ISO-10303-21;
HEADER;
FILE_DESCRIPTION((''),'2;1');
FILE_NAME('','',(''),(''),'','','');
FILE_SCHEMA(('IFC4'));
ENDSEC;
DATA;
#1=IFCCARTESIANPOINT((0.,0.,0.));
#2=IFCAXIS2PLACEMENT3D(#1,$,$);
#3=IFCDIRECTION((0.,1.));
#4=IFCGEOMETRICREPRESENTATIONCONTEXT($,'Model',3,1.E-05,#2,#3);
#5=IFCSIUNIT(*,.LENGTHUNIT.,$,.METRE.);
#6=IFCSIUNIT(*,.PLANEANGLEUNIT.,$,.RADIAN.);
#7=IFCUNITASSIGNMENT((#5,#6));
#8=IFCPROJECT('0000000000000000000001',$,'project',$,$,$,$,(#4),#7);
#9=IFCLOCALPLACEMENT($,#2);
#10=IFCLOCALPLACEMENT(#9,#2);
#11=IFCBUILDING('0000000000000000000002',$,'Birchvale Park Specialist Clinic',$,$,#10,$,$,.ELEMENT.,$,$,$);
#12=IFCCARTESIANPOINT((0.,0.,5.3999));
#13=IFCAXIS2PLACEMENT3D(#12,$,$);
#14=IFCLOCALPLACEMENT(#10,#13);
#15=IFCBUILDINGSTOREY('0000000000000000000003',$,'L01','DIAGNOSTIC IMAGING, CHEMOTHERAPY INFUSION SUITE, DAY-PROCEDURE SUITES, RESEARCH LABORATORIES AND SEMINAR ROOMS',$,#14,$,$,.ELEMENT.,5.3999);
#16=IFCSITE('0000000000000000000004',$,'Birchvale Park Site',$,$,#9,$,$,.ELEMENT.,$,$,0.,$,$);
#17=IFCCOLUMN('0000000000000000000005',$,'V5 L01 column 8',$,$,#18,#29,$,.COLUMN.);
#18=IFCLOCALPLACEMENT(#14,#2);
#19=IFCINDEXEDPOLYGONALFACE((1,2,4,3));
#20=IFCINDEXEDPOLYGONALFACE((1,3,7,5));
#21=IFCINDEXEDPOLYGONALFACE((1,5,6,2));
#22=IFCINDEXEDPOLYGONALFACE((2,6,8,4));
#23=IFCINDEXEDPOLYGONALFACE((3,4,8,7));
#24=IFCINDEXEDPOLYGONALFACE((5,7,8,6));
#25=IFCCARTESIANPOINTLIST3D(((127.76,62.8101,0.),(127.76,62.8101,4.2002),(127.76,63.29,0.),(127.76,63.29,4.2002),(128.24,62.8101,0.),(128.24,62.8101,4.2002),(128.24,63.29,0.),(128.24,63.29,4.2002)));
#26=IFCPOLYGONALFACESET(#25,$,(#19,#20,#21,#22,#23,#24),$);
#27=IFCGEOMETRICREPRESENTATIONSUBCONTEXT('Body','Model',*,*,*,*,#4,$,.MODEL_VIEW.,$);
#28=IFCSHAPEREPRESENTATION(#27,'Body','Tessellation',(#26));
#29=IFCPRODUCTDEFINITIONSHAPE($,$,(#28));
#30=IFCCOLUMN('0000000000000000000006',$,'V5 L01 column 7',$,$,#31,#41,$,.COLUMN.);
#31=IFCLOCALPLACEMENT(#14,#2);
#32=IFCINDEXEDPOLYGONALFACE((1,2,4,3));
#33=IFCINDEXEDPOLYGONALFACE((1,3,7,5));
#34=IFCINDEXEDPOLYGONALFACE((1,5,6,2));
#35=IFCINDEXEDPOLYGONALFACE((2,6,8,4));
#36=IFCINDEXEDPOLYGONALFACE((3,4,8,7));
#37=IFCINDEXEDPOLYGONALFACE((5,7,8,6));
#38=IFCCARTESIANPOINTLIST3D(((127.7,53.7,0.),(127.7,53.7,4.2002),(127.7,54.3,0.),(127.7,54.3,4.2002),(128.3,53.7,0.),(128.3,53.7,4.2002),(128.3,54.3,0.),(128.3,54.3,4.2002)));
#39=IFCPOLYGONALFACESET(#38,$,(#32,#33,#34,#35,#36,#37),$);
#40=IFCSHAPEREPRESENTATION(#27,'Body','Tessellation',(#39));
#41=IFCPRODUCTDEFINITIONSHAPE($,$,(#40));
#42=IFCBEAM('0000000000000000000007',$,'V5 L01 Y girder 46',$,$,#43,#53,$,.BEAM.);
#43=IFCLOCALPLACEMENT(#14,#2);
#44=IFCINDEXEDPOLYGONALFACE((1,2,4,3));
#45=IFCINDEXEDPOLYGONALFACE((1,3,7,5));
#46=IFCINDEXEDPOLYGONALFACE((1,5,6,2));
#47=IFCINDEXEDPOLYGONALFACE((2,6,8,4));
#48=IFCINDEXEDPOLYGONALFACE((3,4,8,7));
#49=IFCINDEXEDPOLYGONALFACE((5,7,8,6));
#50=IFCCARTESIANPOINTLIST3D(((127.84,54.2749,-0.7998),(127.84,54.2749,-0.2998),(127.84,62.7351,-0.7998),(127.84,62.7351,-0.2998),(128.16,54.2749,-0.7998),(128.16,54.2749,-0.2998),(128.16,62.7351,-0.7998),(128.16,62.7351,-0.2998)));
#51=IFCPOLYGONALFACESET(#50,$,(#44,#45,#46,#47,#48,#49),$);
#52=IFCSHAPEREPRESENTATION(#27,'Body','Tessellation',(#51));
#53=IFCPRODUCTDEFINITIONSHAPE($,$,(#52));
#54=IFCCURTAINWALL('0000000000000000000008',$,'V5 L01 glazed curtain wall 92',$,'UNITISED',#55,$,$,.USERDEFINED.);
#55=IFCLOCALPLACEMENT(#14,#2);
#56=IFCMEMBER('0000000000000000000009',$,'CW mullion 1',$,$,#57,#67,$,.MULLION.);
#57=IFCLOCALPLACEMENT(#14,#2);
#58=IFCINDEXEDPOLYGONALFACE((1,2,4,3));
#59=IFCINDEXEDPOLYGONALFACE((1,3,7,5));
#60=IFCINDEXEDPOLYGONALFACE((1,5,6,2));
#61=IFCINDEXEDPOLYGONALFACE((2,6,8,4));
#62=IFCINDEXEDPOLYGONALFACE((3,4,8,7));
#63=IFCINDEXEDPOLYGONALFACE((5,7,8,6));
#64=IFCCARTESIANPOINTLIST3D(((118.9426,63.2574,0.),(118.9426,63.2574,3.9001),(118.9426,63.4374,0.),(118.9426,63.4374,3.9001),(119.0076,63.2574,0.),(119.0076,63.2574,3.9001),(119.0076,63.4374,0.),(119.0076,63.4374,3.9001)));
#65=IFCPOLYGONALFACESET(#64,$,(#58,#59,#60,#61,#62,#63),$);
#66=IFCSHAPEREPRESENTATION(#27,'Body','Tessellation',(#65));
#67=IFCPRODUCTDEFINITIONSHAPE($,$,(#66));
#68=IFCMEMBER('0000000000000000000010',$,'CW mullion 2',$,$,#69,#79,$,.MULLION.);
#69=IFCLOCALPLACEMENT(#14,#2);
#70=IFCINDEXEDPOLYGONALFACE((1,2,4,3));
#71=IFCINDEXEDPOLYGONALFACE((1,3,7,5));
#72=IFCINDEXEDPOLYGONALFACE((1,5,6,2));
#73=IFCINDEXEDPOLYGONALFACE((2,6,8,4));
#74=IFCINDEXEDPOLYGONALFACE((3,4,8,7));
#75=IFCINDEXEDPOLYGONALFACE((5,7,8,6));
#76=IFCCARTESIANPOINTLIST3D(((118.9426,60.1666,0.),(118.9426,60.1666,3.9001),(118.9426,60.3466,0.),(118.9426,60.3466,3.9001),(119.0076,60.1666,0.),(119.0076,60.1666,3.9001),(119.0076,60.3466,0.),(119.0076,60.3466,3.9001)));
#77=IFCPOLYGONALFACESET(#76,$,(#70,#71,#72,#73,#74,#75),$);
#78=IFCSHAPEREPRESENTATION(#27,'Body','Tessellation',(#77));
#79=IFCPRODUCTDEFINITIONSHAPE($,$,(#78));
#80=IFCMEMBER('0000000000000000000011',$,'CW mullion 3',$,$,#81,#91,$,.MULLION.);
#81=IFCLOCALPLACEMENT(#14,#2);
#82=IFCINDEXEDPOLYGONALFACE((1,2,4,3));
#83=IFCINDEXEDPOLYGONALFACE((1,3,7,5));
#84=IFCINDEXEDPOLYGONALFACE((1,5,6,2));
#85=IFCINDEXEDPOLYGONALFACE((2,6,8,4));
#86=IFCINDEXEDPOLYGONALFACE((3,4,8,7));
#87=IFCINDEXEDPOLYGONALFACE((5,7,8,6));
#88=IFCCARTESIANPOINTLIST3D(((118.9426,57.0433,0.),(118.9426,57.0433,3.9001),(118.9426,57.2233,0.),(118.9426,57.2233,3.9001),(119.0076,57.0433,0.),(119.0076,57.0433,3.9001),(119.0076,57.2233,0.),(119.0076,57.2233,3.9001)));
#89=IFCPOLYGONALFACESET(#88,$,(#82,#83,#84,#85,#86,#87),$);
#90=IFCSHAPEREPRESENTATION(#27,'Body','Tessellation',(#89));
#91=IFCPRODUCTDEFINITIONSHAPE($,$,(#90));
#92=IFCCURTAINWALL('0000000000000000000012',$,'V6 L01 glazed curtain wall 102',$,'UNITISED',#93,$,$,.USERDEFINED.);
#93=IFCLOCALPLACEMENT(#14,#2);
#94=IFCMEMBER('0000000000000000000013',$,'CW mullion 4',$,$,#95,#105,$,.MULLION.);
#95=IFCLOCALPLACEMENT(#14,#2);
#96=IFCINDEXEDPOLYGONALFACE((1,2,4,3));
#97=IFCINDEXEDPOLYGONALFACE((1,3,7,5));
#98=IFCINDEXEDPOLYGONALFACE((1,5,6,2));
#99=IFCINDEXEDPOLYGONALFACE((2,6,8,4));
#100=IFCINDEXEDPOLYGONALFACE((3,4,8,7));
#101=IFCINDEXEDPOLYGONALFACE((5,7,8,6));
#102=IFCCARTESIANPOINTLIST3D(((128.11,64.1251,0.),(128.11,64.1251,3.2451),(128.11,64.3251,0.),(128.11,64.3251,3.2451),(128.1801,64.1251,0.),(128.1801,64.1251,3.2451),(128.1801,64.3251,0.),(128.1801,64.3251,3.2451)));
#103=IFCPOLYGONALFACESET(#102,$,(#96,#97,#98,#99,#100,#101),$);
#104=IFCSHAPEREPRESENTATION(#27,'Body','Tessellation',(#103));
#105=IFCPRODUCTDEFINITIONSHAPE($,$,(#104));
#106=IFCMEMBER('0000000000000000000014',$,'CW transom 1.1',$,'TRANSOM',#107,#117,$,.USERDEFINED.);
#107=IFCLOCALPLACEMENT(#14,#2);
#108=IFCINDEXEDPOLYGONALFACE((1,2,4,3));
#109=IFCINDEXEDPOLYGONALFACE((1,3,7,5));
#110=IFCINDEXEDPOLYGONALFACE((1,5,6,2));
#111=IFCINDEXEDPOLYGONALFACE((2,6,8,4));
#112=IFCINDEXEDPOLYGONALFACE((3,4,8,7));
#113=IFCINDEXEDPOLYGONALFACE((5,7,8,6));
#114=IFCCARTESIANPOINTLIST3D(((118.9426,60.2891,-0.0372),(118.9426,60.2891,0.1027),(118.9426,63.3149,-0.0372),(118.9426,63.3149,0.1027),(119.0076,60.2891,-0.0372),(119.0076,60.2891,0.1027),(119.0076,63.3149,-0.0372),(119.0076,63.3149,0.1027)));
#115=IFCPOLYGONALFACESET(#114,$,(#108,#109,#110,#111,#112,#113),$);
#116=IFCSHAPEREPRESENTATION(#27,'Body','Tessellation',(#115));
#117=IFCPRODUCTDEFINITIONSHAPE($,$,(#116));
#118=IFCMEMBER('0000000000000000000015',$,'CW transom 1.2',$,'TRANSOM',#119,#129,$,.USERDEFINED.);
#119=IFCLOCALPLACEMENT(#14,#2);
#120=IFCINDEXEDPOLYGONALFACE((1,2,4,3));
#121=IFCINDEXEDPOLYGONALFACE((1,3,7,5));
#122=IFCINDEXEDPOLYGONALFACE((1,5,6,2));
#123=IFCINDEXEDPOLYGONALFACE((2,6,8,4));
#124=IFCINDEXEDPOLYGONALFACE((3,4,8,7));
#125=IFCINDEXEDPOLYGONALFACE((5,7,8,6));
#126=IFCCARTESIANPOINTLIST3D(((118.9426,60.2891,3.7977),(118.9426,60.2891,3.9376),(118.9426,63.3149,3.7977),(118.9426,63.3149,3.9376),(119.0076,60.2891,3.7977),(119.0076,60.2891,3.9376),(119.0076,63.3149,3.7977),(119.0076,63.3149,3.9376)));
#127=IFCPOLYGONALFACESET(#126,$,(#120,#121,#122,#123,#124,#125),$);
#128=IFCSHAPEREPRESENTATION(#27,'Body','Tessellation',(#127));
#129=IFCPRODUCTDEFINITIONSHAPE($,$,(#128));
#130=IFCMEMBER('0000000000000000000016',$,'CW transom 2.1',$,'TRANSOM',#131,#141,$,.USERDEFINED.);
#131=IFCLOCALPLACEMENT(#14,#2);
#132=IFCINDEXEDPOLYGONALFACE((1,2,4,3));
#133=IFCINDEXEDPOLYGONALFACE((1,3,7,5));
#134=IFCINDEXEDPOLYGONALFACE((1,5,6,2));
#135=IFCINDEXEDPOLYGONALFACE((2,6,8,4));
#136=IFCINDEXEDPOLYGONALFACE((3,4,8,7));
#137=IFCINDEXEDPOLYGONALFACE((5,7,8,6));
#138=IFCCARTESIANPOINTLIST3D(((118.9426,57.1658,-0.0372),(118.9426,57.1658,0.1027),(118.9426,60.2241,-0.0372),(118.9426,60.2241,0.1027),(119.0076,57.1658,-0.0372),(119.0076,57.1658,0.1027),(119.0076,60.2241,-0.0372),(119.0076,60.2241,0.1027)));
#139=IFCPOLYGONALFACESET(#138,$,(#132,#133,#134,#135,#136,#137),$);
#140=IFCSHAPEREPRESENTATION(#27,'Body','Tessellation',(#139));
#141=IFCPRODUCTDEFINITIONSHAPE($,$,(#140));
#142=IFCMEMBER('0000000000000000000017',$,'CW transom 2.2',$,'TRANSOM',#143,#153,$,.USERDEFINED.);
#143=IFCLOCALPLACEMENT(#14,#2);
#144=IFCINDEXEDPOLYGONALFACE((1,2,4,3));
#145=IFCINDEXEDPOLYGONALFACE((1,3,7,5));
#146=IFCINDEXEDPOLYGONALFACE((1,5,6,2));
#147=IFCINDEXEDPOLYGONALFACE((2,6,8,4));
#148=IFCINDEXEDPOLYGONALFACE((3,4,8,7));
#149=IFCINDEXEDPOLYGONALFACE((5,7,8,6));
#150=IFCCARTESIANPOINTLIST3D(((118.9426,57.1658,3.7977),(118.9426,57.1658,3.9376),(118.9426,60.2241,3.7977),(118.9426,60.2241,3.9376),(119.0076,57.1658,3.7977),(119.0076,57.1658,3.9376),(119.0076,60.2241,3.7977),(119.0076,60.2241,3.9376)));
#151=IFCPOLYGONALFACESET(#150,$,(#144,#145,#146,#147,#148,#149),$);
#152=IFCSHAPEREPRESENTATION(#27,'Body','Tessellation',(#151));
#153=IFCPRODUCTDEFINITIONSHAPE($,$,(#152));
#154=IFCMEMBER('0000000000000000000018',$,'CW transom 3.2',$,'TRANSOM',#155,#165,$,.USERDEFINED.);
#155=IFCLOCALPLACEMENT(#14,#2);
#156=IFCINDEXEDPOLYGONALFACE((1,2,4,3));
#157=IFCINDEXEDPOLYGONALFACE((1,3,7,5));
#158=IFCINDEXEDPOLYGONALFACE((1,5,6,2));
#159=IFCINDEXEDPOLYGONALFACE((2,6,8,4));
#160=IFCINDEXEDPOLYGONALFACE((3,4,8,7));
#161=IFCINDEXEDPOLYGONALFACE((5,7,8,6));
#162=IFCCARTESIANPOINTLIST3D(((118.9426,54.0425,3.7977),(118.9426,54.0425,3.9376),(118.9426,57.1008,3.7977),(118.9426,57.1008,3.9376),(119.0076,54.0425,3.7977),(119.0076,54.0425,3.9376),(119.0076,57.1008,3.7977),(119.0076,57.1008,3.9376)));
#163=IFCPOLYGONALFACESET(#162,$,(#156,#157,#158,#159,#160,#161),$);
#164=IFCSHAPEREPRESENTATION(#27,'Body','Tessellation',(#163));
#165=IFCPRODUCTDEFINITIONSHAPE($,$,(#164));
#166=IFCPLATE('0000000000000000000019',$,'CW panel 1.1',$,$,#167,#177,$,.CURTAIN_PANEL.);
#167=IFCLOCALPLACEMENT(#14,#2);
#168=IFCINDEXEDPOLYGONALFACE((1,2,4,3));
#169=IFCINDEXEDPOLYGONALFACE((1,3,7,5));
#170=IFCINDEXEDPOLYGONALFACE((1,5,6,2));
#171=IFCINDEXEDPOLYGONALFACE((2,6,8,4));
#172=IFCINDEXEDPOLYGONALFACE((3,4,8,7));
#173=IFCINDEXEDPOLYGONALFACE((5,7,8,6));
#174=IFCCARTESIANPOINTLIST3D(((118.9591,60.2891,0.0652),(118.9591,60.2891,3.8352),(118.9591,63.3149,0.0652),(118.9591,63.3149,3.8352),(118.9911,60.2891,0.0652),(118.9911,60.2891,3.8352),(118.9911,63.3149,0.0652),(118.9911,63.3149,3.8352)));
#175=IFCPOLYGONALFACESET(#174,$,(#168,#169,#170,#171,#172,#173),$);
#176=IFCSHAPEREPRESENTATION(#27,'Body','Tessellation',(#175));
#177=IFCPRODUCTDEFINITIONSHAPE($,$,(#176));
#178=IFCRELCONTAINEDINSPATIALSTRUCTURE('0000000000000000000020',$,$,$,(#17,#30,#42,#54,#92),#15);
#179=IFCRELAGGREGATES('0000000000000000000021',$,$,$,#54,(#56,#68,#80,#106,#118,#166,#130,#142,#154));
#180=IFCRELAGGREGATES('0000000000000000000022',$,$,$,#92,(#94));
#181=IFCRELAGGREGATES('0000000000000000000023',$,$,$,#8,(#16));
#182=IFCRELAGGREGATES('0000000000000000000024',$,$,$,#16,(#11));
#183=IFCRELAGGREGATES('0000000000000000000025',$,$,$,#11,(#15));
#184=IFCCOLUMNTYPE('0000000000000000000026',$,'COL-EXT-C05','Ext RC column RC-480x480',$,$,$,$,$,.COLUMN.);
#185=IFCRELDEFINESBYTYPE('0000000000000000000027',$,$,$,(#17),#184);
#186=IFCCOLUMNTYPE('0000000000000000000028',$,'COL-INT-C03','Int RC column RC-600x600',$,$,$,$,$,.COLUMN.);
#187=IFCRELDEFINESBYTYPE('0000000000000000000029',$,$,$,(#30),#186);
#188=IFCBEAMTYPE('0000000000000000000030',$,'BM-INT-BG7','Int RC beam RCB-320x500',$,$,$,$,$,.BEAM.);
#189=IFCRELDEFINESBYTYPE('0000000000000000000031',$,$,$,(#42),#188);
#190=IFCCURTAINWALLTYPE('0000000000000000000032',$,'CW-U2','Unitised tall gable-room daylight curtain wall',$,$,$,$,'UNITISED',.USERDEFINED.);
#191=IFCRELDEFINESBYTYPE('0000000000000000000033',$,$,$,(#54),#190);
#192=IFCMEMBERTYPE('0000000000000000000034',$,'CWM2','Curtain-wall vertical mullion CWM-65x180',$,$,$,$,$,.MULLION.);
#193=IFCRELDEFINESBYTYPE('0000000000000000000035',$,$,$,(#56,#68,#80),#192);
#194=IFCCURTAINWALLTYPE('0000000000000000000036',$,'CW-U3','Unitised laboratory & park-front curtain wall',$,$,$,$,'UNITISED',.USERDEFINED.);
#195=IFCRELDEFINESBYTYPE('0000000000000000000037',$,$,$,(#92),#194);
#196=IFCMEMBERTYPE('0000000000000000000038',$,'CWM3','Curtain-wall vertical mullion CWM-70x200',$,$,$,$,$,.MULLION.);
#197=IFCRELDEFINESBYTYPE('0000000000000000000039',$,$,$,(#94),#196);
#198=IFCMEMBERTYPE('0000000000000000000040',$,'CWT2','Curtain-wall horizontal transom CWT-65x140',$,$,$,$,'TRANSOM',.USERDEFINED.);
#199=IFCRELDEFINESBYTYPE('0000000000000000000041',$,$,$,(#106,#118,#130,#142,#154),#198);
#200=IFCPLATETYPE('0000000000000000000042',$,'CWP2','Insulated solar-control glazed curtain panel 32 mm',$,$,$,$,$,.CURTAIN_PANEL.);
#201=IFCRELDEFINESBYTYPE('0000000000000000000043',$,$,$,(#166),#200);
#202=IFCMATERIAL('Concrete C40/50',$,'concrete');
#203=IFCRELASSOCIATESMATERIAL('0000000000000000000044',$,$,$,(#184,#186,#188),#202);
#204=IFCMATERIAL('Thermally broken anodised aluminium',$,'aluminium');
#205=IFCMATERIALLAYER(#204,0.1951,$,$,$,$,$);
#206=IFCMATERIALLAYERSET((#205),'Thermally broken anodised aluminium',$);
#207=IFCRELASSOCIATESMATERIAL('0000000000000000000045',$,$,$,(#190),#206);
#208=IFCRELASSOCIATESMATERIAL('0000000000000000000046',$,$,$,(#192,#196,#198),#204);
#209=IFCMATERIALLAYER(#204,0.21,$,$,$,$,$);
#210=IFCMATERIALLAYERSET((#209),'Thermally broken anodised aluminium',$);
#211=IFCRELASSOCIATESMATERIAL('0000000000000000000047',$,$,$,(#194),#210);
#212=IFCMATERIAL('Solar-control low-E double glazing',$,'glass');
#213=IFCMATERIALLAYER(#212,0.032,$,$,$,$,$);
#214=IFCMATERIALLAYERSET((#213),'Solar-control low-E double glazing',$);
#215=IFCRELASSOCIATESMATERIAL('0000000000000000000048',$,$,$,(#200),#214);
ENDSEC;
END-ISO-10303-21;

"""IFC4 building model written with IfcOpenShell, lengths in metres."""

from ifc_helpers import new_model, si_unit, direction, frame, origin, origin_2d, place, context, subcontext, project, spatial, rectangle, extrude, material, layer, layer_set, material_profile, profile_set, type_object, element, aggregate, save


model = new_model("IFC4")

# Units and contexts
model_context = context("Model", 3, precision=1e-05, world=origin(), true_north=direction((0.0, 1.0)))
body_context = subcontext(model_context, "Body", "Model", "MODEL_VIEW")
ifc_project = project(units=[si_unit("LENGTHUNIT", "METRE"), si_unit("PLANEANGLEUNIT", "RADIAN")], contexts=[model_context])

# Site, building, storey
site_placement = place(None, origin())
site = spatial("IfcSite", under=ifc_project, at=site_placement, Name="Birchvale Park Site", CompositionType="ELEMENT", RefElevation=0.0)
building_placement = place(site_placement, origin())
building = spatial("IfcBuilding", under=site, at=building_placement, Name="Birchvale Park Specialist Clinic", CompositionType="ELEMENT")
storey_placement = place(building_placement, frame((0.0, 0.0, 5.3999)))
storey = spatial("IfcBuildingStorey", under=building, at=storey_placement, Name="L01", Description="DIAGNOSTIC IMAGING, CHEMOTHERAPY INFUSION SUITE, DAY-PROCEDURE SUITES, RESEARCH LABORATORIES AND SEMINAR ROOMS", CompositionType="ELEMENT", Elevation=5.3999)

# Columns
ifc_material_1 = material(Name="Concrete C40/50", Category="concrete")
ifc_material_profile_1 = material_profile(ifc_material_1, rectangle(XDim=0.48, YDim=0.48, at=origin_2d()), Name="RC-480x480")
ifc_profile_set_1 = profile_set([ifc_material_profile_1], Name="Concrete C40/50")
column_type_1 = type_object("IfcColumnType", Name="COL-EXT-C05", Description="Ext RC column RC-480x480", PredefinedType="COLUMN", material=ifc_profile_set_1)
column_1_placement = place(storey_placement, frame((128.0, 63.05, 0.0), z_axis=(0.0, 0.0, 1.0), x_axis=(1.0, 0.0, 0.0)))
element("IfcColumn", 1, at=column_1_placement, inside=storey, type_object=column_type_1, Name="V5 L01 column 8", PredefinedType="COLUMN", context=body_context, shape_type="SweptSolid", body=[
    extrude(rectangle(XDim=0.48, YDim=0.48, at=origin_2d()), origin(), (0.0, 0.0, 1.0), 4.2002),
])
ifc_material_profile_2 = material_profile(ifc_material_1, rectangle(XDim=0.6001, YDim=0.6001, at=origin_2d()), Name="RC-600x600")
ifc_profile_set_2 = profile_set([ifc_material_profile_2], Name="Concrete C40/50")
column_type_2 = type_object("IfcColumnType", Name="COL-INT-C03", Description="Int RC column RC-600x600", PredefinedType="COLUMN", material=ifc_profile_set_2)
column_2_placement = place(storey_placement, frame((128.0, 54.0, 0.0), z_axis=(0.0, 0.0, 1.0), x_axis=(1.0, 0.0, 0.0)))
element("IfcColumn", 2, at=column_2_placement, inside=storey, type_object=column_type_2, Name="V5 L01 column 7", PredefinedType="COLUMN", context=body_context, shape_type="SweptSolid", body=[
    extrude(rectangle(XDim=0.6001, YDim=0.6001, at=origin_2d()), origin(), (0.0, 0.0, 1.0), 4.2002),
])

# Beam
ifc_material_profile_3 = material_profile(ifc_material_1, rectangle(XDim=0.3201, YDim=0.5, at=origin_2d()), Name="RCB-320x500")
ifc_profile_set_3 = profile_set([ifc_material_profile_3], Name="Concrete C40/50")
beam_type = type_object("IfcBeamType", Name="BM-INT-BG7", Description="Int RC beam RCB-320x500", PredefinedType="BEAM", material=ifc_profile_set_3)
beam_placement = place(storey_placement, frame((128.0, 54.2749, -0.5498), z_axis=(0.0, 1.0, 0.0), x_axis=(-1.0, 0.0, 0.0)))
element("IfcBeam", 3, at=beam_placement, inside=storey, type_object=beam_type, Name="V5 L01 Y girder 46", PredefinedType="BEAM", context=body_context, shape_type="SweptSolid", body=[
    extrude(rectangle(XDim=0.3201, YDim=0.5, at=origin_2d()), origin(), (0.0, 0.0, 1.0), 8.4602),
])

# Curtain wall, members
ifc_material_2 = material(Name="Thermally broken anodised aluminium", Category="aluminium")
ifc_layer_1 = layer(ifc_material_2, 0.1951)
ifc_layer_set_1 = layer_set([ifc_layer_1], Name="Thermally broken anodised aluminium")
curtain_wall_type_1 = type_object("IfcCurtainWallType", Name="CW-U2", Description="Unitised tall gable-room daylight curtain wall", ElementType="UNITISED", PredefinedType="USERDEFINED", material=ifc_layer_set_1)
curtain_wall_1_placement = place(storey_placement, origin())
curtain_wall_1 = element("IfcCurtainWall", 4, at=curtain_wall_1_placement, inside=storey, type_object=curtain_wall_type_1, Name="V5 L01 glazed curtain wall 92", ObjectType="UNITISED", PredefinedType="USERDEFINED")
ifc_material_profile_4 = material_profile(ifc_material_2, rectangle(XDim=0.0649, YDim=0.1799, at=origin_2d()), Name="CWM-65x180")
ifc_profile_set_4 = profile_set([ifc_material_profile_4], Name="Thermally broken anodised aluminium")
member_type_1 = type_object("IfcMemberType", Name="CWM2", Description="Curtain-wall vertical mullion CWM-65x180", PredefinedType="MULLION", material=ifc_profile_set_4)
member_1_placement = place(storey_placement, frame((118.9751, 63.3474, 0.0), z_axis=(0.0, 0.0, 1.0), x_axis=(1.0, 0.0, 0.0)))
member_1 = element("IfcMember", 5, at=member_1_placement, type_object=member_type_1, Name="CW mullion 1", PredefinedType="MULLION", context=body_context, shape_type="SweptSolid", body=[
    extrude(rectangle(XDim=0.0649, YDim=0.1799, at=origin_2d()), origin(), (0.0, 0.0, 1.0), 3.9001),
])
member_2_placement = place(storey_placement, frame((118.9751, 60.2566, 0.0), z_axis=(0.0, 0.0, 1.0), x_axis=(1.0, 0.0, 0.0)))
member_2 = element("IfcMember", 6, at=member_2_placement, type_object=member_type_1, Name="CW mullion 2", PredefinedType="MULLION", context=body_context, shape_type="SweptSolid", body=[
    extrude(rectangle(XDim=0.0649, YDim=0.1799, at=origin_2d()), origin(), (0.0, 0.0, 1.0), 3.9001),
])
member_3_placement = place(storey_placement, frame((118.9751, 57.1333, 0.0), z_axis=(0.0, 0.0, 1.0), x_axis=(1.0, 0.0, 0.0)))
member_3 = element("IfcMember", 7, at=member_3_placement, type_object=member_type_1, Name="CW mullion 3", PredefinedType="MULLION", context=body_context, shape_type="SweptSolid", body=[
    extrude(rectangle(XDim=0.0649, YDim=0.1799, at=origin_2d()), origin(), (0.0, 0.0, 1.0), 3.9001),
])

# Curtain wall, member
ifc_layer_2 = layer(ifc_material_2, 0.21)
ifc_layer_set_2 = layer_set([ifc_layer_2], Name="Thermally broken anodised aluminium")
curtain_wall_type_2 = type_object("IfcCurtainWallType", Name="CW-U3", Description="Unitised laboratory & park-front curtain wall", ElementType="UNITISED", PredefinedType="USERDEFINED", material=ifc_layer_set_2)
curtain_wall_2_placement = place(storey_placement, origin())
curtain_wall_2 = element("IfcCurtainWall", 8, at=curtain_wall_2_placement, inside=storey, type_object=curtain_wall_type_2, Name="V6 L01 glazed curtain wall 102", ObjectType="UNITISED", PredefinedType="USERDEFINED")
ifc_material_profile_5 = material_profile(ifc_material_2, rectangle(XDim=0.0701, YDim=0.2, at=origin_2d()), Name="CWM-70x200")
ifc_profile_set_5 = profile_set([ifc_material_profile_5], Name="Thermally broken anodised aluminium")
member_type_2 = type_object("IfcMemberType", Name="CWM3", Description="Curtain-wall vertical mullion CWM-70x200", PredefinedType="MULLION", material=ifc_profile_set_5)
member_4_placement = place(storey_placement, frame((128.145, 64.2251, 0.0), z_axis=(0.0, 0.0, 1.0), x_axis=(1.0, 0.0, 0.0)))
member_4 = element("IfcMember", 9, at=member_4_placement, type_object=member_type_2, Name="CW mullion 4", PredefinedType="MULLION", context=body_context, shape_type="SweptSolid", body=[
    extrude(rectangle(XDim=0.0701, YDim=0.2, at=origin_2d()), origin(), (0.0, 0.0, 1.0), 3.2451),
])

# Members
ifc_material_profile_6 = material_profile(ifc_material_2, rectangle(XDim=0.0649, YDim=0.1399, at=origin_2d()), Name="CWT-65x140")
ifc_profile_set_6 = profile_set([ifc_material_profile_6], Name="Thermally broken anodised aluminium")
member_type_3 = type_object("IfcMemberType", Name="CWT2", Description="Curtain-wall horizontal transom CWT-65x140", ElementType="TRANSOM", PredefinedType="USERDEFINED", material=ifc_profile_set_6)
member_5_placement = place(storey_placement, frame((118.9751, 63.3149, 0.0327), z_axis=(0.0, -1.0, 0.0), x_axis=(1.0, 0.0, 0.0)))
member_5 = element("IfcMember", 10, at=member_5_placement, type_object=member_type_3, Name="CW transom 1.1", ObjectType="TRANSOM", PredefinedType="USERDEFINED", context=body_context, shape_type="SweptSolid", body=[
    extrude(rectangle(XDim=0.0649, YDim=0.1399, at=origin_2d()), origin(), (0.0, 0.0, 1.0), 3.0259),
])
member_6_placement = place(storey_placement, frame((118.9751, 63.3149, 3.8677), z_axis=(0.0, -1.0, 0.0), x_axis=(1.0, 0.0, 0.0)))
member_6 = element("IfcMember", 11, at=member_6_placement, type_object=member_type_3, Name="CW transom 1.2", ObjectType="TRANSOM", PredefinedType="USERDEFINED", context=body_context, shape_type="SweptSolid", body=[
    extrude(rectangle(XDim=0.0649, YDim=0.1399, at=origin_2d()), origin(), (0.0, 0.0, 1.0), 3.0259),
])
member_7_placement = place(storey_placement, frame((118.9751, 60.2241, 0.0327), z_axis=(0.0, -1.0, 0.0), x_axis=(1.0, 0.0, 0.0)))
member_7 = element("IfcMember", 12, at=member_7_placement, type_object=member_type_3, Name="CW transom 2.1", ObjectType="TRANSOM", PredefinedType="USERDEFINED", context=body_context, shape_type="SweptSolid", body=[
    extrude(rectangle(XDim=0.0649, YDim=0.1399, at=origin_2d()), origin(), (0.0, 0.0, 1.0), 3.0583),
])
member_8_placement = place(storey_placement, frame((118.9751, 60.2241, 3.8677), z_axis=(0.0, -1.0, 0.0), x_axis=(1.0, 0.0, 0.0)))
member_8 = element("IfcMember", 13, at=member_8_placement, type_object=member_type_3, Name="CW transom 2.2", ObjectType="TRANSOM", PredefinedType="USERDEFINED", context=body_context, shape_type="SweptSolid", body=[
    extrude(rectangle(XDim=0.0649, YDim=0.1399, at=origin_2d()), origin(), (0.0, 0.0, 1.0), 3.0583),
])
member_9_placement = place(storey_placement, frame((118.9751, 57.1008, 3.8677), z_axis=(0.0, -1.0, 0.0), x_axis=(1.0, 0.0, 0.0)))
member_9 = element("IfcMember", 14, at=member_9_placement, type_object=member_type_3, Name="CW transom 3.2", ObjectType="TRANSOM", PredefinedType="USERDEFINED", context=body_context, shape_type="SweptSolid", body=[
    extrude(rectangle(XDim=0.0649, YDim=0.1399, at=origin_2d()), origin(), (0.0, 0.0, 1.0), 3.0583),
])

# Plate
ifc_material_3 = material(Name="Solar-control low-E double glazing", Category="glass")
ifc_layer_3 = layer(ifc_material_3, 0.032)
ifc_layer_set_3 = layer_set([ifc_layer_3], Name="Solar-control low-E double glazing")
plate_type_1 = type_object("IfcPlateType", Name="CWP2", Description="Insulated solar-control glazed curtain panel 32 mm", PredefinedType="CURTAIN_PANEL", material=ifc_layer_set_3)
plate_1_placement = place(storey_placement, frame((118.9751, 61.802, 0.0652), z_axis=(0.0, 0.0, 1.0), x_axis=(0.0, -1.0, 0.0)))
plate_1 = element("IfcPlate", 15, at=plate_1_placement, type_object=plate_type_1, Name="CW panel 1.1", PredefinedType="CURTAIN_PANEL", context=body_context, shape_type="SweptSolid", body=[
    extrude(rectangle(XDim=3.0259, YDim=0.032, at=origin_2d()), origin(), (0.0, 0.0, 1.0), 3.77),
])
aggregate(curtain_wall_1, [member_1, member_2, member_3, member_5, member_6, plate_1, member_7, member_8, member_9])
aggregate(curtain_wall_2, [member_4])

save(model, "model.ifc")
